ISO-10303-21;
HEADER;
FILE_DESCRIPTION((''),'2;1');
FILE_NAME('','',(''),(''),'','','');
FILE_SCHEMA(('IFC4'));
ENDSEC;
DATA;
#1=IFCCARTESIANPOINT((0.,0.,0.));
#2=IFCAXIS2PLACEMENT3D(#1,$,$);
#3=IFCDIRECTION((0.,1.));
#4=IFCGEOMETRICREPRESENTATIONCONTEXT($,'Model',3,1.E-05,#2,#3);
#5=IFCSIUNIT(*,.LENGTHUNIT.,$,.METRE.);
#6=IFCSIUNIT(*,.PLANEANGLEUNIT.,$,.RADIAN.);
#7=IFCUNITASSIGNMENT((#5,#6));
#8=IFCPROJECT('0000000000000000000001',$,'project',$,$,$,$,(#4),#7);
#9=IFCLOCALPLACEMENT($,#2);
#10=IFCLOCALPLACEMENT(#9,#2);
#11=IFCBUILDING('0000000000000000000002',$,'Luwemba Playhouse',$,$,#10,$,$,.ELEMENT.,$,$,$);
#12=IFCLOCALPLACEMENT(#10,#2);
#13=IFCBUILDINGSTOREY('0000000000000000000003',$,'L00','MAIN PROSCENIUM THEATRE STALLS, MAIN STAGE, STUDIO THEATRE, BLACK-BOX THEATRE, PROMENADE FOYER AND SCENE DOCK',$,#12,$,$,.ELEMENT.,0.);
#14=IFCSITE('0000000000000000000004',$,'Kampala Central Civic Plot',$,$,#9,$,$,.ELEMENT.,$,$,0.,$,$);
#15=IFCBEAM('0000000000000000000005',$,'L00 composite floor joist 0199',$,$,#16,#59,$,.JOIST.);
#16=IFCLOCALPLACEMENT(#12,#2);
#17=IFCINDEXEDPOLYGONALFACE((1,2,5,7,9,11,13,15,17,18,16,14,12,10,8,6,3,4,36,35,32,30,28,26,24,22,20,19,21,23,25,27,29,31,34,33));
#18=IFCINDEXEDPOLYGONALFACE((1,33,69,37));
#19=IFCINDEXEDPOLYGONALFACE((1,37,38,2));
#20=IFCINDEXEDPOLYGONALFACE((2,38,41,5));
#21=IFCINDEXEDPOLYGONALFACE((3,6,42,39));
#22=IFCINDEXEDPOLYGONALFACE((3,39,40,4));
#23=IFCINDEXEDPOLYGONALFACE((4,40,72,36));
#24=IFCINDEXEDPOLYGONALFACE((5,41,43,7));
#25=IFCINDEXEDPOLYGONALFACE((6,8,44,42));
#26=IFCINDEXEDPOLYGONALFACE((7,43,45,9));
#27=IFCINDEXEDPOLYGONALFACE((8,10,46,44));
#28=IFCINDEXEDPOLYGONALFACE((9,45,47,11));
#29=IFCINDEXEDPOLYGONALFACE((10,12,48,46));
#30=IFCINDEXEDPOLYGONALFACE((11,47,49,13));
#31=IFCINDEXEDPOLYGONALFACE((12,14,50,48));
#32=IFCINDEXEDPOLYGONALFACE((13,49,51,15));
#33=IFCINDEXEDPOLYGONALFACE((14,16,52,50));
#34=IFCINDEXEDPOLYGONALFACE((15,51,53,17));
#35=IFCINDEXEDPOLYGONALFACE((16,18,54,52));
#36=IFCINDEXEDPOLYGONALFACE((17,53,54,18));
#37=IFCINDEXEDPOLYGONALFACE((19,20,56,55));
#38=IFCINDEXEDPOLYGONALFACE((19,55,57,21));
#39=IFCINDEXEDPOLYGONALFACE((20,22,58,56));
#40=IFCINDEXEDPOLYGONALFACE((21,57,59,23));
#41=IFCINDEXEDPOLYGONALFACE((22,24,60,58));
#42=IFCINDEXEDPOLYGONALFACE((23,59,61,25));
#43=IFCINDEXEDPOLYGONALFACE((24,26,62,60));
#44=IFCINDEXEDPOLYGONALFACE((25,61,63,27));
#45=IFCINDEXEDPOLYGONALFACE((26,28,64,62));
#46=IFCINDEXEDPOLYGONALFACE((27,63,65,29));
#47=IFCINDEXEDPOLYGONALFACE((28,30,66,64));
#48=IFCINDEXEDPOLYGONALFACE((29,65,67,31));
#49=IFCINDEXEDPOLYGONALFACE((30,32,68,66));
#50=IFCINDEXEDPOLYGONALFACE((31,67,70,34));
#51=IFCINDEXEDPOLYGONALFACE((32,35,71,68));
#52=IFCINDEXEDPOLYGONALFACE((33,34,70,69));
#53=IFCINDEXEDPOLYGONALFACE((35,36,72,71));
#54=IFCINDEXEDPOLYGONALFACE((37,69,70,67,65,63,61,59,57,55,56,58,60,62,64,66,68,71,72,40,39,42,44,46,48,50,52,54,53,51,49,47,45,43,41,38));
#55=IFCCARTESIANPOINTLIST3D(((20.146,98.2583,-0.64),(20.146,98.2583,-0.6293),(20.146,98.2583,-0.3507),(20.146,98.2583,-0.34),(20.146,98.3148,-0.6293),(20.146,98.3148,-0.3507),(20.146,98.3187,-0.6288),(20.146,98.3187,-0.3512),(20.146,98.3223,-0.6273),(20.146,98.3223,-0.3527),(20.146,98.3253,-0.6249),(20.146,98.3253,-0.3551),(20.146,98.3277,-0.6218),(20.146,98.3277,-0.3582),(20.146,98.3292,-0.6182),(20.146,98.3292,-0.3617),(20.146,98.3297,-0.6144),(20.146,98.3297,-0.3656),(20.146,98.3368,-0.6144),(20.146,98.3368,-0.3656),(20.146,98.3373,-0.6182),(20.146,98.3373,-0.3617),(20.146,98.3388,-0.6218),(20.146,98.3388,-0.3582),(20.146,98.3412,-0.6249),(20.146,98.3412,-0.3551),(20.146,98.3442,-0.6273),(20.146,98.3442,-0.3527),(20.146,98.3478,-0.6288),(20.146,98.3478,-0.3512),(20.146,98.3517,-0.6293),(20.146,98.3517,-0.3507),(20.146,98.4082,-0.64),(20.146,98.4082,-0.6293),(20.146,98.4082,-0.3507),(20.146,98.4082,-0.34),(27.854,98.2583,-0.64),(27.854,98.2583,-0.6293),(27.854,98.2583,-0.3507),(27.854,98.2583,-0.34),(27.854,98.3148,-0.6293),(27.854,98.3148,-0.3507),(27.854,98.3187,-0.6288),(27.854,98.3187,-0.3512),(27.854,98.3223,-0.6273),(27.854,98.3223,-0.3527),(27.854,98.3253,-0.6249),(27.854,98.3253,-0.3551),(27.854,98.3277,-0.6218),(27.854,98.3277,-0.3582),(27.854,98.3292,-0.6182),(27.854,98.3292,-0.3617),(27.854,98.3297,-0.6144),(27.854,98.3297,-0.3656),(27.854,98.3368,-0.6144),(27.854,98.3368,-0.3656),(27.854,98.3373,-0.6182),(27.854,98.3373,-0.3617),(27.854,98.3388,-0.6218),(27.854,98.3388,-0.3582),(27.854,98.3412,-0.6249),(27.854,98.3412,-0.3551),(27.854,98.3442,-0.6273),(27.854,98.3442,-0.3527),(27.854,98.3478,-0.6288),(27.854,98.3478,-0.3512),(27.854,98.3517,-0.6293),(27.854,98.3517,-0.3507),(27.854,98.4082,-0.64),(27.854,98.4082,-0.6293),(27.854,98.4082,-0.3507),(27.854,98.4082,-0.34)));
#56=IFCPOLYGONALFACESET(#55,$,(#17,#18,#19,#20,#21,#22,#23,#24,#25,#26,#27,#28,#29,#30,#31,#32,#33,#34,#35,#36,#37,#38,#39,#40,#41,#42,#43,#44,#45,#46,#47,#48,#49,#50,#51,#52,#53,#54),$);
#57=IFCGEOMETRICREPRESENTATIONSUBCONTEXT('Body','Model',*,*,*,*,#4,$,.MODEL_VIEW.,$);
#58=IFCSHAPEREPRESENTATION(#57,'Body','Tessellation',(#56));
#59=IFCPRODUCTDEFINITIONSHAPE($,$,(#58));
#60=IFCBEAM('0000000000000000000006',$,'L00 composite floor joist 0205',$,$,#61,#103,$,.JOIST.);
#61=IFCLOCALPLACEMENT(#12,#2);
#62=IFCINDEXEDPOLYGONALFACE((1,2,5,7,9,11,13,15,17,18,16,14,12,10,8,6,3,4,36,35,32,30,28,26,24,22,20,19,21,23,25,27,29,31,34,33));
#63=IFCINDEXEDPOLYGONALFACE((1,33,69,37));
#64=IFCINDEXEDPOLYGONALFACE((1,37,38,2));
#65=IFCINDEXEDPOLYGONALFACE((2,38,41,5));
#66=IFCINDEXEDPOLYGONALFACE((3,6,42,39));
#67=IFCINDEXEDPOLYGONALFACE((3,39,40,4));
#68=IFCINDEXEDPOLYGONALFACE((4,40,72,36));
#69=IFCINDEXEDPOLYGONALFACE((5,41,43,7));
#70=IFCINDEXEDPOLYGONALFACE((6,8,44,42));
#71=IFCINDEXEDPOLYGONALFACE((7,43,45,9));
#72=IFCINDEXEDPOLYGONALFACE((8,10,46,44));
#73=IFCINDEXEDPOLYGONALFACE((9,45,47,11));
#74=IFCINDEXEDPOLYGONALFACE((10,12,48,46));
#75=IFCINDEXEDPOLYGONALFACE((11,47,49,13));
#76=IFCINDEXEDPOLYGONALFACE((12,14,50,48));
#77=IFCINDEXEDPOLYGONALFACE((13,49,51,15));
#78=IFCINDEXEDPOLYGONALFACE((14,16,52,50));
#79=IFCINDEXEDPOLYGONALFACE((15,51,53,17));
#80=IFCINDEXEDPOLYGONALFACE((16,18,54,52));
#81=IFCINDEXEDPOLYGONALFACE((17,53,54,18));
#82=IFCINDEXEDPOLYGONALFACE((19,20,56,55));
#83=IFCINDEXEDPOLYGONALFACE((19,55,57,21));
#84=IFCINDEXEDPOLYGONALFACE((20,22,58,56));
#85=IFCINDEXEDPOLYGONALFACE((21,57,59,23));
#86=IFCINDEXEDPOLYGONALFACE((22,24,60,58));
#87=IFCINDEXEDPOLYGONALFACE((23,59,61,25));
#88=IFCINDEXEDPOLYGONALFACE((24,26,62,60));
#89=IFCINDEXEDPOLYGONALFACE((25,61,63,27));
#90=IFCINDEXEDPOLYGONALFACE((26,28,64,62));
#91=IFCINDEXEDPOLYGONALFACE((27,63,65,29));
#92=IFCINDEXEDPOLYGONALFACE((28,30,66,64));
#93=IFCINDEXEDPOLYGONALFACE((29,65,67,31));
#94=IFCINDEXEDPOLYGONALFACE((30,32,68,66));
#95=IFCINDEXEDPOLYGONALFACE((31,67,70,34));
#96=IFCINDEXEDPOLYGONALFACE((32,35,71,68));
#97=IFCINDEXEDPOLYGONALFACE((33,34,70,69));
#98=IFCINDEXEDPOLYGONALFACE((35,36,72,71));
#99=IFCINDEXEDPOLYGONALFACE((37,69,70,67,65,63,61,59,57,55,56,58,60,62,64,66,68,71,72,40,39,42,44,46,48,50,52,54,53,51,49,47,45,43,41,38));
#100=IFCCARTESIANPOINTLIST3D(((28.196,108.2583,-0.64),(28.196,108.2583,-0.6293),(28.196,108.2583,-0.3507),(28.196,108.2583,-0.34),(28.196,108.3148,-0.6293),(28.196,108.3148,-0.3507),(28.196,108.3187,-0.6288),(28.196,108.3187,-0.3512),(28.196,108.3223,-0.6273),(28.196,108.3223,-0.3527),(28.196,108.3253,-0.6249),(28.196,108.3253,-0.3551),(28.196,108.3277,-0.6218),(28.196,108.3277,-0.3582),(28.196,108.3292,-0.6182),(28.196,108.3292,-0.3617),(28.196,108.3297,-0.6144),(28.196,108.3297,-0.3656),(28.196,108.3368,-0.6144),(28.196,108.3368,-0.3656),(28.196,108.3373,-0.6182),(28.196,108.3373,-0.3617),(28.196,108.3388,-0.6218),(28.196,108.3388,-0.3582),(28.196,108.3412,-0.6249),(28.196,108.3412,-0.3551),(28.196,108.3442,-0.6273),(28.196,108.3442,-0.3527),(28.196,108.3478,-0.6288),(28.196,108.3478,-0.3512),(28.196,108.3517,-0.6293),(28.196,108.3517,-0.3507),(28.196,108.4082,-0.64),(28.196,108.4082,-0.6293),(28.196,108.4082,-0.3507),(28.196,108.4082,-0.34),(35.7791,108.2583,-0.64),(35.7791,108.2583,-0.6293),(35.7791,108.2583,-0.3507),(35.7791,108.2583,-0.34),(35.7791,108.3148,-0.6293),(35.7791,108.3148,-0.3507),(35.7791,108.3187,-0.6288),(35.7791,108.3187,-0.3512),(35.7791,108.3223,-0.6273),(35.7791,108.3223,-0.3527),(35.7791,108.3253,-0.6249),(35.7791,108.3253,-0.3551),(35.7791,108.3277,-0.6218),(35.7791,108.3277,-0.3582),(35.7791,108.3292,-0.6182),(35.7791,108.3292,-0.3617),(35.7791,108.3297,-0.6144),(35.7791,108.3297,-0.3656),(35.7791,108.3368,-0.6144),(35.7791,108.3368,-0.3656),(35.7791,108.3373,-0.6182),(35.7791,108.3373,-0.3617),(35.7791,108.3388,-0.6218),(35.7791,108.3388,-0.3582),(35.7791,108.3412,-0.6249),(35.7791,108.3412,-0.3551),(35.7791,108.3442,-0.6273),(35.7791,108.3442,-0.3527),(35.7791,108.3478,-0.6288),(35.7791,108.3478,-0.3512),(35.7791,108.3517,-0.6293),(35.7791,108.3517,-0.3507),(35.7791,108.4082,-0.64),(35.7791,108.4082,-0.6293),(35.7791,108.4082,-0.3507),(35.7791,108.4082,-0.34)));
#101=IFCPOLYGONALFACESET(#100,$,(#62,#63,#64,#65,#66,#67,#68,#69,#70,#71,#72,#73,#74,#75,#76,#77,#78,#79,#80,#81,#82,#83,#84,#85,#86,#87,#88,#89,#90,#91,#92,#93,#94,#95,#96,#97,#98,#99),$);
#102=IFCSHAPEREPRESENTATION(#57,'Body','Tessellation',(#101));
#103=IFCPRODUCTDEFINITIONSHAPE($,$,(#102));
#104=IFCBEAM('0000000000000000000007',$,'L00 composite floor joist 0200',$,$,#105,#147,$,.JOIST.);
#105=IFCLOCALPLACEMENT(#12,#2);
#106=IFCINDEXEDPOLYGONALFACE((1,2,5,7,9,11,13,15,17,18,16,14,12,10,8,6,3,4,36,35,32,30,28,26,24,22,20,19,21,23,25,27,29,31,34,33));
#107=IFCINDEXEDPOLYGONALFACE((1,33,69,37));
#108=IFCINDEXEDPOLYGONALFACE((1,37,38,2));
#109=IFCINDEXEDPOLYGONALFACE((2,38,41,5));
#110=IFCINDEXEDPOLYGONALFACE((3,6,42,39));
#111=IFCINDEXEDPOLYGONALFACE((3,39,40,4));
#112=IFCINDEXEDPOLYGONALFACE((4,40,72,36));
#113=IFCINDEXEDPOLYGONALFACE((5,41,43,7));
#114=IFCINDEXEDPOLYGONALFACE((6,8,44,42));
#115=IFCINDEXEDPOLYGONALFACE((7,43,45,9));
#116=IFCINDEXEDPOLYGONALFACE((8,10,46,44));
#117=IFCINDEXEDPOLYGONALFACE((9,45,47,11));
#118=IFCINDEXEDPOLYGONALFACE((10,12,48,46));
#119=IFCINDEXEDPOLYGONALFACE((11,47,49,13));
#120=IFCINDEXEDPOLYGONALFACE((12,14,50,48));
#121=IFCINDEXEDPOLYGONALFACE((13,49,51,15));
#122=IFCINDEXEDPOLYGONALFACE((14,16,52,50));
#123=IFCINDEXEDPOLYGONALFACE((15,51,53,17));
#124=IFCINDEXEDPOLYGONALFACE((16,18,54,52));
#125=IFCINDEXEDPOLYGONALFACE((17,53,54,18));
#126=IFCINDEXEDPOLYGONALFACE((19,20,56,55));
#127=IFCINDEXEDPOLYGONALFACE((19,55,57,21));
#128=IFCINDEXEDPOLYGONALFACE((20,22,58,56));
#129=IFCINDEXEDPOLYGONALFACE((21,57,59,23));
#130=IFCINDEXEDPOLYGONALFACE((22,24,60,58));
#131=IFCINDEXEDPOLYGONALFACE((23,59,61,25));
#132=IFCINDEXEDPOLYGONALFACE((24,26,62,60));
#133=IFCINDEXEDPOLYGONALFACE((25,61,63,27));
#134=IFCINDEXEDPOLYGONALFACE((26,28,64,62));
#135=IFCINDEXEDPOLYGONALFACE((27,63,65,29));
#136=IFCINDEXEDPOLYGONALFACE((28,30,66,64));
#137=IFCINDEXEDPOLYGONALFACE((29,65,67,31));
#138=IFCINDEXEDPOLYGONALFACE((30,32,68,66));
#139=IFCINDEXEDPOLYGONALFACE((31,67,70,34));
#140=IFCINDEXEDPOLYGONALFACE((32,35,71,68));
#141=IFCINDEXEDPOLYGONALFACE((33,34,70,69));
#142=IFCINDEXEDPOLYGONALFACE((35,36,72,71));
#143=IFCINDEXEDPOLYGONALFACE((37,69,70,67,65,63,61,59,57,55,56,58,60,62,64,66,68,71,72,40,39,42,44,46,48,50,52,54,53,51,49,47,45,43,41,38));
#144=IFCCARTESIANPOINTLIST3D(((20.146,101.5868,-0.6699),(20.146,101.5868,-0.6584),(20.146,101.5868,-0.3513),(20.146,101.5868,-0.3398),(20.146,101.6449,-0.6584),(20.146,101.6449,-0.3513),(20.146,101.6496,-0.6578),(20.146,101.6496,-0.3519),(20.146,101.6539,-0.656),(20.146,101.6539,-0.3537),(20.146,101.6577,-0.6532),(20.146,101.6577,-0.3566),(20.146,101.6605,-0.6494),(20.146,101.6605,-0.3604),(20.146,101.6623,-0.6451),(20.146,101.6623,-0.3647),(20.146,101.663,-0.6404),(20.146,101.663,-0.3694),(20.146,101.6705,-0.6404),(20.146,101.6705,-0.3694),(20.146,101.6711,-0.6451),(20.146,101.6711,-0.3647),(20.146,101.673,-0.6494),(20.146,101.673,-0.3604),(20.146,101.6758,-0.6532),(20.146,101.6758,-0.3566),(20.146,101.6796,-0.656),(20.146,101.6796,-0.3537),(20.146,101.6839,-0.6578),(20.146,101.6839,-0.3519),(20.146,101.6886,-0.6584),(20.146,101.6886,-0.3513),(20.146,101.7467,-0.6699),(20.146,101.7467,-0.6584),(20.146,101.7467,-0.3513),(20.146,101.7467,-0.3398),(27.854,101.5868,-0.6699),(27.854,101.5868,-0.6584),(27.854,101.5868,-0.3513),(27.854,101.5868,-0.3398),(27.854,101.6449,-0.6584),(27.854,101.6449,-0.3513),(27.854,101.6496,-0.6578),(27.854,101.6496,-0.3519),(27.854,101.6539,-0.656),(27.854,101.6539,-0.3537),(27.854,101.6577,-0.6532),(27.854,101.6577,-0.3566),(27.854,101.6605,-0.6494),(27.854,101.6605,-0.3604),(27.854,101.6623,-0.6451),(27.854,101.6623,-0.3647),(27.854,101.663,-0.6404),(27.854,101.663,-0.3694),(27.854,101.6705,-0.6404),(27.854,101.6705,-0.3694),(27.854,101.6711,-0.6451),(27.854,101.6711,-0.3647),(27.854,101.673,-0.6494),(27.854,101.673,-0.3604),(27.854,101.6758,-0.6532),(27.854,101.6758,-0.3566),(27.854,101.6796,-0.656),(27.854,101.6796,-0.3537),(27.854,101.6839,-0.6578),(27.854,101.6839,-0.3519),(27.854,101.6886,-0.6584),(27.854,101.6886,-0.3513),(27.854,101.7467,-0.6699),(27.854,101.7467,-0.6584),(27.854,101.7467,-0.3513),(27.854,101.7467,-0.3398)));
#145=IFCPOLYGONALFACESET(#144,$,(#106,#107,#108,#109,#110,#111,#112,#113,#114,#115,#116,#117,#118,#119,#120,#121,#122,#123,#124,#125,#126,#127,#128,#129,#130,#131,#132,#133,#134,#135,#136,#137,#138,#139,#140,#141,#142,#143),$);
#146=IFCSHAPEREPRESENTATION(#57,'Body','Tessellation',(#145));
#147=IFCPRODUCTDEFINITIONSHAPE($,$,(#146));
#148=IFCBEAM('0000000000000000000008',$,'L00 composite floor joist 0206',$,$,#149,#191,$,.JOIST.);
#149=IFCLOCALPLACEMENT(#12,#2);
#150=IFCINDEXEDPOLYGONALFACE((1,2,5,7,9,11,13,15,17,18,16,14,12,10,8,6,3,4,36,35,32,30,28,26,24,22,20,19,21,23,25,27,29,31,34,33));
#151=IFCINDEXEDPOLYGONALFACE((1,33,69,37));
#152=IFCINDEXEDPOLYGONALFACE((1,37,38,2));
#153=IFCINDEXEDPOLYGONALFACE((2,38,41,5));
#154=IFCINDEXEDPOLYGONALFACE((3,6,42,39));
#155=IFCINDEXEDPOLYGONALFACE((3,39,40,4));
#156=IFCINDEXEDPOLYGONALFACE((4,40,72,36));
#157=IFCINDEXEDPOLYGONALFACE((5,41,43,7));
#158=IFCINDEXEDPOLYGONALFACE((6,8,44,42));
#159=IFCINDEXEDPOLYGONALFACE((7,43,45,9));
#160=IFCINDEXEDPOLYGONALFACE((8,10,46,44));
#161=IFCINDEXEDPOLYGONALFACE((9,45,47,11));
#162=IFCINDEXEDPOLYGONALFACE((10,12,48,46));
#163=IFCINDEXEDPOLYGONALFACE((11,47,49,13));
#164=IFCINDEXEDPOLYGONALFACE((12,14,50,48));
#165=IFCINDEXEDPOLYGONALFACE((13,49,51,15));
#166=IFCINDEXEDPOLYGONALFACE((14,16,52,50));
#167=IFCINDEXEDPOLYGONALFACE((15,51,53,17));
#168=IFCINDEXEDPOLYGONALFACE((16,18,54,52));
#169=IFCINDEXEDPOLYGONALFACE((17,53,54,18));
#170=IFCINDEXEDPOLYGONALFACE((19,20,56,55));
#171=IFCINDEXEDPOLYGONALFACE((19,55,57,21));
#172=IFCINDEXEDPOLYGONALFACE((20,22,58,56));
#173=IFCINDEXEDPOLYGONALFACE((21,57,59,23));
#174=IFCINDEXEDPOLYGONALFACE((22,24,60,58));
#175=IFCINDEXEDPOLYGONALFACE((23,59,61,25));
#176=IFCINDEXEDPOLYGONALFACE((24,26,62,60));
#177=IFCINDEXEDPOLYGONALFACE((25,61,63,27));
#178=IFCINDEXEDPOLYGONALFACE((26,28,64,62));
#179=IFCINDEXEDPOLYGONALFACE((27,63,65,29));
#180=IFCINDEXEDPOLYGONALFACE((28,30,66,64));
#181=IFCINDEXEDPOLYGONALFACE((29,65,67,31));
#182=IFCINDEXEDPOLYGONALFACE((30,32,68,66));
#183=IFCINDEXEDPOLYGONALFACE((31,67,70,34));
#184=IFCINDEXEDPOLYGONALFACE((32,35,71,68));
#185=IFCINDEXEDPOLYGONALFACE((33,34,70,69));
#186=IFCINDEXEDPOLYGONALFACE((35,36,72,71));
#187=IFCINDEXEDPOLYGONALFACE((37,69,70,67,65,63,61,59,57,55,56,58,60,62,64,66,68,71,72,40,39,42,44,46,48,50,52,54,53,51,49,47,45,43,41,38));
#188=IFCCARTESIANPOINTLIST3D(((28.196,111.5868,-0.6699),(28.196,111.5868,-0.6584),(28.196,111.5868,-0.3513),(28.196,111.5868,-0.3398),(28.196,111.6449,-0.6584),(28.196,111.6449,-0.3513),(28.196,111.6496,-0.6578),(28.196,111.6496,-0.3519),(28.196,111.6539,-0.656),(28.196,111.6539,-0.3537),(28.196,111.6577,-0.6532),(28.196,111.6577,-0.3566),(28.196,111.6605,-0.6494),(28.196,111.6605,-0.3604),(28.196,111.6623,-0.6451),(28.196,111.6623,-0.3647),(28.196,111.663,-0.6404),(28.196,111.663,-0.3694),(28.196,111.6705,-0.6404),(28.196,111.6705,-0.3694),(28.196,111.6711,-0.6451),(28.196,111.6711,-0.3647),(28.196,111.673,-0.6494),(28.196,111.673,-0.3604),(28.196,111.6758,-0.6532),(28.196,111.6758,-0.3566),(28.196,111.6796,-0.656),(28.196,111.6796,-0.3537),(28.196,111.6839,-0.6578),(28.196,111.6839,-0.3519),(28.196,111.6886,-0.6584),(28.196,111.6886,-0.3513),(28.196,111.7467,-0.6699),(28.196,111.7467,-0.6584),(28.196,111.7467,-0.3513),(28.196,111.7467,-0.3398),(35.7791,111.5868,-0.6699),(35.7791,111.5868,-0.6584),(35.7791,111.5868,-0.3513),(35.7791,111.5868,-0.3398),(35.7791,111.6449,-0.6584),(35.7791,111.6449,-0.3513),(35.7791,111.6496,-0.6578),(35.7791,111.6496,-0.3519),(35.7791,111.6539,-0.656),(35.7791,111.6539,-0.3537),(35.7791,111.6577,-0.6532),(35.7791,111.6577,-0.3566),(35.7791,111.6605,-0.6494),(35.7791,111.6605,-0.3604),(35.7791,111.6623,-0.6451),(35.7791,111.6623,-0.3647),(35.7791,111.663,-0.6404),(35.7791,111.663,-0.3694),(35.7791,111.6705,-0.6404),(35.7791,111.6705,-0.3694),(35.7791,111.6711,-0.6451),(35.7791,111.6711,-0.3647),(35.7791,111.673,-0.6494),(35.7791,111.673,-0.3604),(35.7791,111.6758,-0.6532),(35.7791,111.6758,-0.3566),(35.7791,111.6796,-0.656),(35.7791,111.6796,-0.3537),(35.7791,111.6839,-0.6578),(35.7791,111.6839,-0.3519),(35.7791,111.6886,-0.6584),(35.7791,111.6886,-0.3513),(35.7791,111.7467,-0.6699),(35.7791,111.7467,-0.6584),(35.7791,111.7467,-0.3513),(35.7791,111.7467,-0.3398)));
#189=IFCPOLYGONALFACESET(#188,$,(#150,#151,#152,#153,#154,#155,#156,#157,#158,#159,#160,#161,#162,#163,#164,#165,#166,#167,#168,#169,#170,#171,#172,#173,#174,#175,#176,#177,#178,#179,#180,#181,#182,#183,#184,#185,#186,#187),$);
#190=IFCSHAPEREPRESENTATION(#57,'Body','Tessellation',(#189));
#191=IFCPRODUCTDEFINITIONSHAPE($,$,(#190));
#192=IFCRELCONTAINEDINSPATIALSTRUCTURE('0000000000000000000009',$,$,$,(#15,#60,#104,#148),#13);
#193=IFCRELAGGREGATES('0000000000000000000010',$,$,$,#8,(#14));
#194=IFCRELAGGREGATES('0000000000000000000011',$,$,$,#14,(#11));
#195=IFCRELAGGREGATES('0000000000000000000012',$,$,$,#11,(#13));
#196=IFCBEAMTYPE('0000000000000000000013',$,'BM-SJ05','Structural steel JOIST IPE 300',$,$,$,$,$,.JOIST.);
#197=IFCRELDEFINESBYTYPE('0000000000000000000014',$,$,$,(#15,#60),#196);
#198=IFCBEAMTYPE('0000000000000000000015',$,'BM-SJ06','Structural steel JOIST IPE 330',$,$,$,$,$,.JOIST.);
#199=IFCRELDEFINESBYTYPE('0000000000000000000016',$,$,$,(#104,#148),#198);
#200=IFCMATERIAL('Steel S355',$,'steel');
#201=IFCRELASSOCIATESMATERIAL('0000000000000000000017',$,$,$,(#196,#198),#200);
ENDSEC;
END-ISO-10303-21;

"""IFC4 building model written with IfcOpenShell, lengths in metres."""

from ifc_helpers import new_model, si_unit, direction, frame, origin, origin_2d, place, context, subcontext, project, spatial, i_section, extrude, material, material_profile, profile_set, type_object, element, save


model = new_model("IFC4")

# Units and contexts
model_context = context("Model", 3, precision=1e-05, world=origin(), true_north=direction((0.0, 1.0)))
body_context = subcontext(model_context, "Body", "Model", "MODEL_VIEW")
ifc_project = project(units=[si_unit("LENGTHUNIT", "METRE"), si_unit("PLANEANGLEUNIT", "RADIAN")], contexts=[model_context])

# Site, building, storey
site_placement = place(None, origin())
site = spatial("IfcSite", under=ifc_project, at=site_placement, Name="Kampala Central Civic Plot", CompositionType="ELEMENT", RefElevation=0.0)
building_placement = place(site_placement, origin())
building = spatial("IfcBuilding", under=site, at=building_placement, Name="Luwemba Playhouse", CompositionType="ELEMENT")
storey_placement = place(building_placement, origin())
storey = spatial("IfcBuildingStorey", under=building, at=storey_placement, Name="L00", Description="MAIN PROSCENIUM THEATRE STALLS, MAIN STAGE, STUDIO THEATRE, BLACK-BOX THEATRE, PROMENADE FOYER AND SCENE DOCK", CompositionType="ELEMENT", Elevation=0.0)

# Beams
ifc_material_1 = material(Name="Steel S355", Category="steel")
ifc_material_profile_1 = material_profile(ifc_material_1, i_section(OverallWidth=0.1499, OverallDepth=0.3, WebThickness=0.0071, FlangeThickness=0.0107, FilletRadius=0.0149, at=origin_2d()))
ifc_profile_set_1 = profile_set([ifc_material_profile_1], Name="Steel S355")
beam_type_1 = type_object("IfcBeamType", Name="BM-SJ05", Description="Structural steel JOIST IPE 300", PredefinedType="JOIST", material=ifc_profile_set_1)
beam_1_placement = place(storey_placement, frame((20.146, 98.3333, -0.49), z_axis=(1.0, 0.0, 0.0), x_axis=(0.0, 1.0, 0.0)))
element("IfcBeam", 1, at=beam_1_placement, inside=storey, type_object=beam_type_1, Name="L00 composite floor joist 0199", PredefinedType="JOIST", context=body_context, shape_type="SweptSolid", body=[
    extrude(i_section(OverallWidth=0.1499, OverallDepth=0.3, WebThickness=0.0071, FlangeThickness=0.0107, FilletRadius=0.0149, at=origin_2d()), origin(), (0.0, 0.0, 1.0), 7.708),
])
beam_2_placement = place(storey_placement, frame((28.196, 108.3333, -0.49), z_axis=(1.0, 0.0, 0.0), x_axis=(0.0, 1.0, 0.0)))
element("IfcBeam", 2, at=beam_2_placement, inside=storey, type_object=beam_type_1, Name="L00 composite floor joist 0205", PredefinedType="JOIST", context=body_context, shape_type="SweptSolid", body=[
    extrude(i_section(OverallWidth=0.1499, OverallDepth=0.3, WebThickness=0.0071, FlangeThickness=0.0107, FilletRadius=0.0149, at=origin_2d()), origin(), (0.0, 0.0, 1.0), 7.583),
])
ifc_material_profile_2 = material_profile(ifc_material_1, i_section(OverallWidth=0.1599, OverallDepth=0.3301, WebThickness=0.0076, FlangeThickness=0.0115, FilletRadius=0.0181, at=origin_2d()))
ifc_profile_set_2 = profile_set([ifc_material_profile_2], Name="Steel S355")
beam_type_2 = type_object("IfcBeamType", Name="BM-SJ06", Description="Structural steel JOIST IPE 330", PredefinedType="JOIST", material=ifc_profile_set_2)
beam_3_placement = place(storey_placement, frame((20.146, 101.6667, -0.5049), z_axis=(1.0, 0.0, 0.0), x_axis=(0.0, 1.0, 0.0)))
element("IfcBeam", 3, at=beam_3_placement, inside=storey, type_object=beam_type_2, Name="L00 composite floor joist 0200", PredefinedType="JOIST", context=body_context, shape_type="SweptSolid", body=[
    extrude(i_section(OverallWidth=0.1599, OverallDepth=0.3301, WebThickness=0.0076, FlangeThickness=0.0115, FilletRadius=0.0181, at=origin_2d()), origin(), (0.0, 0.0, 1.0), 7.708),
])
beam_4_placement = place(storey_placement, frame((28.196, 111.6667, -0.5049), z_axis=(1.0, 0.0, 0.0), x_axis=(0.0, 1.0, 0.0)))
element("IfcBeam", 4, at=beam_4_placement, inside=storey, type_object=beam_type_2, Name="L00 composite floor joist 0206", PredefinedType="JOIST", context=body_context, shape_type="SweptSolid", body=[
    extrude(i_section(OverallWidth=0.1599, OverallDepth=0.3301, WebThickness=0.0076, FlangeThickness=0.0115, FilletRadius=0.0181, at=origin_2d()), origin(), (0.0, 0.0, 1.0), 7.583),
])

save(model, "model.ifc")
